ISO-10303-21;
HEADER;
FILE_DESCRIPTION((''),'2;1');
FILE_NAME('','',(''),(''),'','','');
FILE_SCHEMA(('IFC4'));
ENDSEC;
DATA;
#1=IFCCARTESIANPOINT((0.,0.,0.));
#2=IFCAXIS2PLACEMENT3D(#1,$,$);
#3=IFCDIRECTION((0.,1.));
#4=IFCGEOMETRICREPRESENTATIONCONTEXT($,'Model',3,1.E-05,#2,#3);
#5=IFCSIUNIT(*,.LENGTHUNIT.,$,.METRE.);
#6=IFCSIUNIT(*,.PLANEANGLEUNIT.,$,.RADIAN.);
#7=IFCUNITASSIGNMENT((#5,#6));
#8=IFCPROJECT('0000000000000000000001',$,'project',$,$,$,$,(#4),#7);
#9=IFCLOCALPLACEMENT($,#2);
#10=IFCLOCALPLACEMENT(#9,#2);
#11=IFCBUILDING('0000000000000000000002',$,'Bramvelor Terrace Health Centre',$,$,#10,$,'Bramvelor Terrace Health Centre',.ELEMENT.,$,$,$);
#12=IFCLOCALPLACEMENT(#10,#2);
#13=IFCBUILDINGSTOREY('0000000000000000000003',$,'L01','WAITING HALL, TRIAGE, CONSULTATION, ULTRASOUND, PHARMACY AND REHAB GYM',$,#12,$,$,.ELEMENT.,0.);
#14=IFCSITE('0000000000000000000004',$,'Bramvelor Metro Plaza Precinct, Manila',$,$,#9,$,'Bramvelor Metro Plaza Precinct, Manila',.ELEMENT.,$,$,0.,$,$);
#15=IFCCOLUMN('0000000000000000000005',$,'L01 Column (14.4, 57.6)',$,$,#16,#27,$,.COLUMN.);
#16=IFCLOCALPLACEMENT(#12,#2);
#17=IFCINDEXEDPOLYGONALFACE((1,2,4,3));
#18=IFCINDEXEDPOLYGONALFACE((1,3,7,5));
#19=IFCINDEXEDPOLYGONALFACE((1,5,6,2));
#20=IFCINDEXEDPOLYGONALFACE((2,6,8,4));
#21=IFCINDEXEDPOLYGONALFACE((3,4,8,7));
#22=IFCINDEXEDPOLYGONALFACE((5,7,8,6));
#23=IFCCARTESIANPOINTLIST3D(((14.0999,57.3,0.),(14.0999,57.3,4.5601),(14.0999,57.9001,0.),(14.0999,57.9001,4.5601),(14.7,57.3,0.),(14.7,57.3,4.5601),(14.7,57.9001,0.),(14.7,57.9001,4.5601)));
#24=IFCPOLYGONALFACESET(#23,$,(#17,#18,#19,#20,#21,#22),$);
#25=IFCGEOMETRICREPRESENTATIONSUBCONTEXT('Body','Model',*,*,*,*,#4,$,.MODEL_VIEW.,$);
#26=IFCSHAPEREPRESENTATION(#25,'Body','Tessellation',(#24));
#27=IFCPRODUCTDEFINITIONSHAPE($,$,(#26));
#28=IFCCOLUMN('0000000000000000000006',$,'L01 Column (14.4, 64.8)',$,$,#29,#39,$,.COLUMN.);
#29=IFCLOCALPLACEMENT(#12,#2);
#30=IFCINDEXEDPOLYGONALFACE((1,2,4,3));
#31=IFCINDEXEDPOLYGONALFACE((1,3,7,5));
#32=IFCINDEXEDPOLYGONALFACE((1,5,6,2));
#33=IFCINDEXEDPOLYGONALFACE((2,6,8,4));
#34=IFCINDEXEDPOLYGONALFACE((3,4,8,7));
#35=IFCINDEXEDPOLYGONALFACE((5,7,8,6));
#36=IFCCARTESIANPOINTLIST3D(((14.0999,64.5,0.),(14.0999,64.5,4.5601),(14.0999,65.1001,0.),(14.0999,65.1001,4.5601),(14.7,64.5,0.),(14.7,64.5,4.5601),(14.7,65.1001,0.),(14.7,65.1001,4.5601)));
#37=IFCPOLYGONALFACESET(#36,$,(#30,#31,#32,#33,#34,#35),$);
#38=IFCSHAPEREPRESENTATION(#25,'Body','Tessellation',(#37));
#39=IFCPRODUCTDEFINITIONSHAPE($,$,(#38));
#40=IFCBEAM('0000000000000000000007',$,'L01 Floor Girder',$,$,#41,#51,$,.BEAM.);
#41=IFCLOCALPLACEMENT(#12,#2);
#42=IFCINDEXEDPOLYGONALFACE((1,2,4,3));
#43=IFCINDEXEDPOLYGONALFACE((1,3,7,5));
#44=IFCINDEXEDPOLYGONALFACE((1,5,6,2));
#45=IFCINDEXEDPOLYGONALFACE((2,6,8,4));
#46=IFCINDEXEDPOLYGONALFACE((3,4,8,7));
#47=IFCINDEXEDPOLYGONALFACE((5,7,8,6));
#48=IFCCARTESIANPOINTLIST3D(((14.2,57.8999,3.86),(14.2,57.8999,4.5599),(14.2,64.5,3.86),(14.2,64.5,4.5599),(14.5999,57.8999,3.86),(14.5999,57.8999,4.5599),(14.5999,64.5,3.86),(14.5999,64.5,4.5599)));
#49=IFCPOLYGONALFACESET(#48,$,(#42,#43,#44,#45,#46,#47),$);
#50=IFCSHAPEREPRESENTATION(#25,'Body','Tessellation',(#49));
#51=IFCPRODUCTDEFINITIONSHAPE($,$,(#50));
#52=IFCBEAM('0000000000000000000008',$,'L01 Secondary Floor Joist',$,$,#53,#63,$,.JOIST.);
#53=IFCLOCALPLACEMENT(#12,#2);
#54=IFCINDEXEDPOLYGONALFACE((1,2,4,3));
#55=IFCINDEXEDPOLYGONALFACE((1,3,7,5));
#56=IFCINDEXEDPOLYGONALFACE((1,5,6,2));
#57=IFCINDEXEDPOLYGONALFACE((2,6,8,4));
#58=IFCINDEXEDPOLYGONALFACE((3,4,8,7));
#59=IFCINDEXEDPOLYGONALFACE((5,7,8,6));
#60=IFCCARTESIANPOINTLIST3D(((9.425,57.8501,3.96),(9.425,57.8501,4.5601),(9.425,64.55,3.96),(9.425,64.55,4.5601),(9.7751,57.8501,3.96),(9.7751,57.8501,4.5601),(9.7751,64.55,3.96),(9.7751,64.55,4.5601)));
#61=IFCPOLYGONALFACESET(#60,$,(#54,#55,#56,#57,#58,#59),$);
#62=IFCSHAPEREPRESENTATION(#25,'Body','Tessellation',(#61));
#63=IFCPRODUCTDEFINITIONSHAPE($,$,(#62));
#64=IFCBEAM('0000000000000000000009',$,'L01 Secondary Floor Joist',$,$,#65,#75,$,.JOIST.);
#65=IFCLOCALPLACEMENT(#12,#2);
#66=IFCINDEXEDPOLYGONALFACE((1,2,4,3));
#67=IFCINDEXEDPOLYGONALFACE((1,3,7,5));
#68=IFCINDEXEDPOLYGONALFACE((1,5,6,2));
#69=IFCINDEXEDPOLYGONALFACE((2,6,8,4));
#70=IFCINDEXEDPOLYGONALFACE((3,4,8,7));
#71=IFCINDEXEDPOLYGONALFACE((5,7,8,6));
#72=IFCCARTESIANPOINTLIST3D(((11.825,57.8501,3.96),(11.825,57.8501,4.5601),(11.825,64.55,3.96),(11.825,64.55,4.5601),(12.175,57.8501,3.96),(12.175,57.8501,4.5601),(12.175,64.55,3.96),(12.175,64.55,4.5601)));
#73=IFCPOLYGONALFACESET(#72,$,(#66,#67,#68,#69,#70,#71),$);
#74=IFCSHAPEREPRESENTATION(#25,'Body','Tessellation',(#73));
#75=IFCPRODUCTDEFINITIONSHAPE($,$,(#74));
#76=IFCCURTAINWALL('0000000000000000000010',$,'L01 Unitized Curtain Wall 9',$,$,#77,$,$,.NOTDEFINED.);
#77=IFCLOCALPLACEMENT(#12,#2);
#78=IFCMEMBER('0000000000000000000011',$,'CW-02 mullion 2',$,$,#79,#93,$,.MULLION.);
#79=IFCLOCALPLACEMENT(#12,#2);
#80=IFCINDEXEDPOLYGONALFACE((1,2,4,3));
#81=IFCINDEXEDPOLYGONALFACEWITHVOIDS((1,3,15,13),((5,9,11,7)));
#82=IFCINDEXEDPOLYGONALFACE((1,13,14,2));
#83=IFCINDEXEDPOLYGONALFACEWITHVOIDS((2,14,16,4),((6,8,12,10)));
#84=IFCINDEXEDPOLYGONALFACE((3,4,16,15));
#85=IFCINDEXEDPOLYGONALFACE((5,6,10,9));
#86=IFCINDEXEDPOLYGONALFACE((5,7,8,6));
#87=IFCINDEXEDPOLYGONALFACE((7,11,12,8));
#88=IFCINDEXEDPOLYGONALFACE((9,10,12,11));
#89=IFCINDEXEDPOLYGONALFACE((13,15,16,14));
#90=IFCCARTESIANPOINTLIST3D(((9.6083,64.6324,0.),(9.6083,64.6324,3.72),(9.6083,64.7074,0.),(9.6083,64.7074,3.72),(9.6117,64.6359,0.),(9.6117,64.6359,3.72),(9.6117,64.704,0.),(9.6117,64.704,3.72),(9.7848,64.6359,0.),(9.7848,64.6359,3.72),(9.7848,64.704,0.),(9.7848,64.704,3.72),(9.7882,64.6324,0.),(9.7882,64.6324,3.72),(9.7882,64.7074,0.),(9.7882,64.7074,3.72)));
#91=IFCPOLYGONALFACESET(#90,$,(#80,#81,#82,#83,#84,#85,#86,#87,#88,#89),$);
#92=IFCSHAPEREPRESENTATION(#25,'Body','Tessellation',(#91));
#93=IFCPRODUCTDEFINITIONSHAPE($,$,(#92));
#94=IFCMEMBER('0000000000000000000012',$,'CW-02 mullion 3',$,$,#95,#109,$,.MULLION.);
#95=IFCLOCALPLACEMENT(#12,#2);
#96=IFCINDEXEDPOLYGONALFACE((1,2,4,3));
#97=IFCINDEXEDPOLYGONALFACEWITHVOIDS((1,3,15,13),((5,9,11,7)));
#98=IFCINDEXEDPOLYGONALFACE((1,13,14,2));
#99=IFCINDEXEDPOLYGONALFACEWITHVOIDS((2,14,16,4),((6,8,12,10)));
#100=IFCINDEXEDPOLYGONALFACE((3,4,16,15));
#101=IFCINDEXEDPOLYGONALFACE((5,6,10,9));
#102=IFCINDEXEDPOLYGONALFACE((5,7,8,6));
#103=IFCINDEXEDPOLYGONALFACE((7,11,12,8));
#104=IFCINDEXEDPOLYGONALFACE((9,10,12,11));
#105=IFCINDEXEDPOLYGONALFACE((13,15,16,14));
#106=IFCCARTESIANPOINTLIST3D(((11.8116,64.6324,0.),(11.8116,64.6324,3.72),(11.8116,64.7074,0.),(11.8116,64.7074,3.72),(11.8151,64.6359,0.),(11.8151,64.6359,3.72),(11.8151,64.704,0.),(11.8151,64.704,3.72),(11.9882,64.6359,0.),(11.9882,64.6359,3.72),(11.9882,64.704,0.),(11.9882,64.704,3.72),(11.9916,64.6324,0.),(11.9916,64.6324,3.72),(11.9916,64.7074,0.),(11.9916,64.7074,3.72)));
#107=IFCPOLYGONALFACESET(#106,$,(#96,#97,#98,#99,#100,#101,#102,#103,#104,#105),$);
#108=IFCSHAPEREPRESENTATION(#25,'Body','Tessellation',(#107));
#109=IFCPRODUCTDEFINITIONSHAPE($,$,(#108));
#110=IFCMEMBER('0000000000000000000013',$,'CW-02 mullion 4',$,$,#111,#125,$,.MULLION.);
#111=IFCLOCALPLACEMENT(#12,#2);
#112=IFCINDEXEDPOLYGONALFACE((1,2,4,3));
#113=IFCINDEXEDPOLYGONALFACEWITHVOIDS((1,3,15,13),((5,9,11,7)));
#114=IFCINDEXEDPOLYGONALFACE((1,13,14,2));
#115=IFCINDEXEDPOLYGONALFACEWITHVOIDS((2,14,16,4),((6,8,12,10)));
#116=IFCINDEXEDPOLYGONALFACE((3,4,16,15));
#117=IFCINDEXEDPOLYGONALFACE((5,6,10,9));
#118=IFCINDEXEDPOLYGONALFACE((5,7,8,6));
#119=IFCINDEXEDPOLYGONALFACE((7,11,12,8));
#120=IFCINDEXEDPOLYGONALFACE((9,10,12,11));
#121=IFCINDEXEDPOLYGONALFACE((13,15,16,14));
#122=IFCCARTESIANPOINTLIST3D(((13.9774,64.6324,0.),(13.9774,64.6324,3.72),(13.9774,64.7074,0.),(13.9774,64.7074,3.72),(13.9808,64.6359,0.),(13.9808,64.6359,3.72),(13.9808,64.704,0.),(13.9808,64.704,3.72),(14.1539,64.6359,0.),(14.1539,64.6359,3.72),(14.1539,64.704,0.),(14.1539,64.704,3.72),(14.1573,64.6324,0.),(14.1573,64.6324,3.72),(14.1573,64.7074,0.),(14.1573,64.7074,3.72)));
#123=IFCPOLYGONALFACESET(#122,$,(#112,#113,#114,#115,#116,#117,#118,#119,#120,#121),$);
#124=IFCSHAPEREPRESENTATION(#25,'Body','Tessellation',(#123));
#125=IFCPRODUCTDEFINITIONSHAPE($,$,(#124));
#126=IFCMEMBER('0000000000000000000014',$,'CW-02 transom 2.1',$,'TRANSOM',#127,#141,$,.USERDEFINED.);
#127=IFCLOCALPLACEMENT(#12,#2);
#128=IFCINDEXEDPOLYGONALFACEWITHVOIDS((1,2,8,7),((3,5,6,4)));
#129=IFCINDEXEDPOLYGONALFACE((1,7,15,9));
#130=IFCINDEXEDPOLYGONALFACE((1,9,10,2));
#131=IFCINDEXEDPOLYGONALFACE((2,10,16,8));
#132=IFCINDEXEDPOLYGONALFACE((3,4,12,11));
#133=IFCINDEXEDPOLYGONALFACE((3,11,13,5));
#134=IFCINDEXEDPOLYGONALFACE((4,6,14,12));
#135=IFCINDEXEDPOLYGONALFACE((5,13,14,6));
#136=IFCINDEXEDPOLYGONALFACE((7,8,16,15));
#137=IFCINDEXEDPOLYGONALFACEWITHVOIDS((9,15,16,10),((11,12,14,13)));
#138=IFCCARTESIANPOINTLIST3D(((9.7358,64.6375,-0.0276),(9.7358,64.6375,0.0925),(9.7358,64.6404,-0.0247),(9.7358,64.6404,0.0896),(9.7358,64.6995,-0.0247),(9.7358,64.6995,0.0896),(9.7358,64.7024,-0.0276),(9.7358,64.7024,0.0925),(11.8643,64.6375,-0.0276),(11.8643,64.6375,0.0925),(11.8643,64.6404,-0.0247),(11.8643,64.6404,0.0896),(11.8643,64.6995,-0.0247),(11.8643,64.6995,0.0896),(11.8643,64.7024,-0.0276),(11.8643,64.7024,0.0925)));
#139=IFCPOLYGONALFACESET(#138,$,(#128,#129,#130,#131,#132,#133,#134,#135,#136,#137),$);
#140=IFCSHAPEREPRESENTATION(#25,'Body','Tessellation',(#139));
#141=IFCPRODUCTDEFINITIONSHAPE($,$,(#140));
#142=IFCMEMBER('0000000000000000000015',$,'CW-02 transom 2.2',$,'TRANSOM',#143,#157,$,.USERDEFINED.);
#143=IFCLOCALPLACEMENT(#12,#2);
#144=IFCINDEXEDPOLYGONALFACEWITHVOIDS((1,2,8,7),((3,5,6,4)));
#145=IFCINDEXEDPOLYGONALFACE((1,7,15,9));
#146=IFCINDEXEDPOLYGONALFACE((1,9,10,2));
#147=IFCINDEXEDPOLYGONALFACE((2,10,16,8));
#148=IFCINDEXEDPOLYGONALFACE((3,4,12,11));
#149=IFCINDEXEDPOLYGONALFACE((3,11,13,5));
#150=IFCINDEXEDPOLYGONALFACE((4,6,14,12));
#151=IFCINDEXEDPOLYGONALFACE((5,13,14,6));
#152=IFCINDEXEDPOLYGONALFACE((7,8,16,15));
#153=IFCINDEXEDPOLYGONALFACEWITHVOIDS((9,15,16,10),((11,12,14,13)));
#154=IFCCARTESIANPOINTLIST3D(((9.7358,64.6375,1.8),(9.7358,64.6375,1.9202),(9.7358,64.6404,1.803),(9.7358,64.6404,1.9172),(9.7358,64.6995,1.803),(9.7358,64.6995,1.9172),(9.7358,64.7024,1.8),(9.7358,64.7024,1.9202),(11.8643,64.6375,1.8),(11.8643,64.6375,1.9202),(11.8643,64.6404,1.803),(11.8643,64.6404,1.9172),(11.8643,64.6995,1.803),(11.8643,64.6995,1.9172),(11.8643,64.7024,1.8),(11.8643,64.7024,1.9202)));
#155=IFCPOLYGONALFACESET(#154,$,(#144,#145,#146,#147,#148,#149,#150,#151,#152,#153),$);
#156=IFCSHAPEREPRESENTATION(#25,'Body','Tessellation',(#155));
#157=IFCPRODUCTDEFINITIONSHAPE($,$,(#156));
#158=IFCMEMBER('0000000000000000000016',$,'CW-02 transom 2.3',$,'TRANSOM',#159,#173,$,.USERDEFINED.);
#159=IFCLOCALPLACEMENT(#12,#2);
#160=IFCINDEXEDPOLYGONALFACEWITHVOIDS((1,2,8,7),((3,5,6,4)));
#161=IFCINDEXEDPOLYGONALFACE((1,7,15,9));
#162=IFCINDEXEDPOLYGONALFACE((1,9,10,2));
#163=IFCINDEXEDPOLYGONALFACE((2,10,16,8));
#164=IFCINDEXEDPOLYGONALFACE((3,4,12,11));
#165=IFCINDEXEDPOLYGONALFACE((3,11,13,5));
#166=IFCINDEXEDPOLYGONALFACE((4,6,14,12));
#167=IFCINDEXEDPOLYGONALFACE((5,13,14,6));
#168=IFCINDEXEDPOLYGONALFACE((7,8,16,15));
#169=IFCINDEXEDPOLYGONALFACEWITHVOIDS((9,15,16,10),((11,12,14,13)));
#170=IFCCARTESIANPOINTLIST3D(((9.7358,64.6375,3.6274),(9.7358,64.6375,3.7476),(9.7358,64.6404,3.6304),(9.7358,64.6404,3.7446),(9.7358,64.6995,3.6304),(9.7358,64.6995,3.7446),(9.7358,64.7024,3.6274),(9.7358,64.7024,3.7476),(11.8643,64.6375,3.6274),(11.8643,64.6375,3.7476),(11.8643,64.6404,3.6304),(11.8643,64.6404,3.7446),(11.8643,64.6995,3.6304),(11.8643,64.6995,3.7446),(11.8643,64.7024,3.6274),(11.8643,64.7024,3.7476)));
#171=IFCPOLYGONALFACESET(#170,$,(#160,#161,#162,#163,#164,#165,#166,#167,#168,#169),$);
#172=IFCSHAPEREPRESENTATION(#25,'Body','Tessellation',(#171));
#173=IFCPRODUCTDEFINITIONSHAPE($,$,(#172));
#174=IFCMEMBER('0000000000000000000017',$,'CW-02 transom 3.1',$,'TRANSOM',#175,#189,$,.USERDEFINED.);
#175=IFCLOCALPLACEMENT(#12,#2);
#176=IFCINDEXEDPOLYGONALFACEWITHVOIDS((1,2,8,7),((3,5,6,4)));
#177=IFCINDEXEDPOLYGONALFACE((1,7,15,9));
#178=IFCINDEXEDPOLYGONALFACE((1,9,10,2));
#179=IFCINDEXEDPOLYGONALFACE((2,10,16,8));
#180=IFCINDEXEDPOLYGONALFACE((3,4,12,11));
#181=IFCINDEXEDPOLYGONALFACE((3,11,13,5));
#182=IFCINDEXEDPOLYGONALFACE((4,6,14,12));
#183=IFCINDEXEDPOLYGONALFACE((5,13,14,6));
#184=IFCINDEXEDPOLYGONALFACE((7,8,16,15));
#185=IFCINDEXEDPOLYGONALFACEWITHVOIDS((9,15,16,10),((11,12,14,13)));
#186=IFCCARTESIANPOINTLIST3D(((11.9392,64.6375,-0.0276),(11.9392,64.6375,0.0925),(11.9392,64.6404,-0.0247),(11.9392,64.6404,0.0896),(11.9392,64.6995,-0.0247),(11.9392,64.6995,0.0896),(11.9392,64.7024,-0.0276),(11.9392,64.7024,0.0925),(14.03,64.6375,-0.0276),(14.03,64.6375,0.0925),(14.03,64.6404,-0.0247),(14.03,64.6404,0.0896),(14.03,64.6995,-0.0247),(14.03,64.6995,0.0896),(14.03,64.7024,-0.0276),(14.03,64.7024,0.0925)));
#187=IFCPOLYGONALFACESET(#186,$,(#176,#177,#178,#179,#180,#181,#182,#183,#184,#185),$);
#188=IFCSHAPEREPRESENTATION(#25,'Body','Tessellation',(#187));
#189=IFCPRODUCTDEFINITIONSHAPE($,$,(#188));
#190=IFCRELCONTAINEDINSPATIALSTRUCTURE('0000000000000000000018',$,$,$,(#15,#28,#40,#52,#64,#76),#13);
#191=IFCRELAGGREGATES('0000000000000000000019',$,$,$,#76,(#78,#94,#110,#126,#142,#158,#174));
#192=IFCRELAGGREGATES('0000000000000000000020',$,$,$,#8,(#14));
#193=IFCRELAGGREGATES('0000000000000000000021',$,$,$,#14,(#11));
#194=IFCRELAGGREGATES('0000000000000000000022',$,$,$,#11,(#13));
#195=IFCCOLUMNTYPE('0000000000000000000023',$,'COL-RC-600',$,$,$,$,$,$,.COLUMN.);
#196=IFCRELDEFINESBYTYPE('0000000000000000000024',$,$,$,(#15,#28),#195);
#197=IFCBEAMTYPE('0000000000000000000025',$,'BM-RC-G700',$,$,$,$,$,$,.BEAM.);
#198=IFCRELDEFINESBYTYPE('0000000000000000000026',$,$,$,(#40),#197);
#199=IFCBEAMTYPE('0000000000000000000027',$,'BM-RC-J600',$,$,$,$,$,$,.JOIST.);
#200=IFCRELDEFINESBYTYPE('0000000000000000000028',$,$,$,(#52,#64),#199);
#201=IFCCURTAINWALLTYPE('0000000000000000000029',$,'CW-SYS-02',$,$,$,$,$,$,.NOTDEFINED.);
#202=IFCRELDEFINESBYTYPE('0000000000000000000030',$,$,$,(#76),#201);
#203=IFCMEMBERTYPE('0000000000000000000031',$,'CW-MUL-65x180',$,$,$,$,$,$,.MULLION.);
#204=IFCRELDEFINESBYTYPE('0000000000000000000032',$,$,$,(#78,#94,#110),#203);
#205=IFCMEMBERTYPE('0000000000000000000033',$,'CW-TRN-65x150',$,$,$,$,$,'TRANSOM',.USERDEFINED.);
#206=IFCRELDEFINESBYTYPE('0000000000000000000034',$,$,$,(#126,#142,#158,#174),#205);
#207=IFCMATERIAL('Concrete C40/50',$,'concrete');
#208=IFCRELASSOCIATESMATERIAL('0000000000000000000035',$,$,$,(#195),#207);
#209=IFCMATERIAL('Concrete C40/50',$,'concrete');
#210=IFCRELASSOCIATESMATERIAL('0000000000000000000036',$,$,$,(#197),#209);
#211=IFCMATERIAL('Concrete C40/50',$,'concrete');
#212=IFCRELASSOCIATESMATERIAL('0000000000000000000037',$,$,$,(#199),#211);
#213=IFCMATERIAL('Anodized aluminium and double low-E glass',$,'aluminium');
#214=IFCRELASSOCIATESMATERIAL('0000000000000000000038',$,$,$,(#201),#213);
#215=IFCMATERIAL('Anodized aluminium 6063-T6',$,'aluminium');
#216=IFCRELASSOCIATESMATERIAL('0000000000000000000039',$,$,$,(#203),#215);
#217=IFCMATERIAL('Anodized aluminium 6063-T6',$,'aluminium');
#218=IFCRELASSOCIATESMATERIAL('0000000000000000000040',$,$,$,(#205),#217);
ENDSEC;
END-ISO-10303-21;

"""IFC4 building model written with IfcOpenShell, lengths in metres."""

from ifc_helpers import new_model, si_unit, direction, frame, origin, origin_2d, place, context, subcontext, project, spatial, rectangle, hollow_rectangle, extrude, material, material_profile, profile_set, type_object, element, aggregate, save


model = new_model("IFC4")

# Units and contexts
model_context = context("Model", 3, precision=1e-05, world=origin(), true_north=direction((0.0, 1.0)))
body_context = subcontext(model_context, "Body", "Model", "MODEL_VIEW")
ifc_project = project(units=[si_unit("LENGTHUNIT", "METRE"), si_unit("PLANEANGLEUNIT", "RADIAN")], contexts=[model_context])

# Site, building, storey
site_placement = place(None, origin())
site = spatial("IfcSite", under=ifc_project, at=site_placement, Name="Bramvelor Metro Plaza Precinct, Manila", LongName="Bramvelor Metro Plaza Precinct, Manila", CompositionType="ELEMENT", RefElevation=0.0)
building_placement = place(site_placement, origin())
building = spatial("IfcBuilding", under=site, at=building_placement, Name="Bramvelor Terrace Health Centre", LongName="Bramvelor Terrace Health Centre", CompositionType="ELEMENT")
storey_placement = place(building_placement, origin())
storey = spatial("IfcBuildingStorey", under=building, at=storey_placement, Name="L01", Description="WAITING HALL, TRIAGE, CONSULTATION, ULTRASOUND, PHARMACY AND REHAB GYM", CompositionType="ELEMENT", Elevation=0.0)

# Columns
ifc_material_1 = material(Name="Concrete C40/50", Category="concrete")
ifc_material_profile_1 = material_profile(ifc_material_1, rectangle(XDim=0.6001, YDim=0.6001, at=origin_2d()), Name="RC 600x600")
ifc_profile_set_1 = profile_set([ifc_material_profile_1], Name="Concrete C40/50")
column_type = type_object("IfcColumnType", Name="COL-RC-600", PredefinedType="COLUMN", material=ifc_profile_set_1)
for number, where, z_axis, x_axis, name in (
    (1, (14.3999, 57.6001, 0.0), (0.0, 0.0, 1.0), (1.0, 0.0, 0.0), "L01 Column (14.4, 57.6)"),
    (2, (14.3999, 64.8, 0.0), (0.0, 0.0, 1.0), (1.0, 0.0, 0.0), "L01 Column (14.4, 64.8)"),
):
    element("IfcColumn", number, at=place(storey_placement, frame(where, z_axis=z_axis, x_axis=x_axis)), inside=storey, type_object=column_type, Name=name, PredefinedType="COLUMN", context=body_context, shape_type="SweptSolid", body=[
        extrude(rectangle(XDim=0.6001, YDim=0.6001, at=origin_2d()), origin(), (0.0, 0.0, 1.0), 4.5601),
    ])

# Beams
ifc_material_2 = material(Name="Concrete C40/50", Category="concrete")
ifc_material_profile_2 = material_profile(ifc_material_2, rectangle(XDim=0.3999, YDim=0.7, at=origin_2d()), Name="RC 400x700")
ifc_profile_set_2 = profile_set([ifc_material_profile_2], Name="Concrete C40/50")
beam_type_1 = type_object("IfcBeamType", Name="BM-RC-G700", PredefinedType="BEAM", material=ifc_profile_set_2)
beam_placement = place(storey_placement, frame((14.3999, 57.8999, 4.21), z_axis=(0.0, 1.0, 0.0), x_axis=(-1.0, 0.0, 0.0)))
element("IfcBeam", 3, at=beam_placement, inside=storey, type_object=beam_type_1, Name="L01 Floor Girder", PredefinedType="BEAM", context=body_context, shape_type="SweptSolid", body=[
    extrude(rectangle(XDim=0.3999, YDim=0.7, at=origin_2d()), origin(), (0.0, 0.0, 1.0), 6.6001),
])
ifc_material_3 = material(Name="Concrete C40/50", Category="concrete")
ifc_material_profile_3 = material_profile(ifc_material_3, rectangle(XDim=0.3501, YDim=0.6001, at=origin_2d()), Name="RC 350x600")
ifc_profile_set_3 = profile_set([ifc_material_profile_3], Name="Concrete C40/50")
beam_type_2 = type_object("IfcBeamType", Name="BM-RC-J600", PredefinedType="JOIST", material=ifc_profile_set_3)
for number, where, z_axis, x_axis, name in (
    (4, (9.6001, 57.8501, 4.26), (0.0, 1.0, 0.0), (-1.0, 0.0, 0.0), "L01 Secondary Floor Joist"),
    (5, (12.0, 57.8501, 4.26), (0.0, 1.0, 0.0), (-1.0, 0.0, 0.0), "L01 Secondary Floor Joist"),
):
    element("IfcBeam", number, at=place(storey_placement, frame(where, z_axis=z_axis, x_axis=x_axis)), inside=storey, type_object=beam_type_2, Name=name, PredefinedType="JOIST", context=body_context, shape_type="SweptSolid", body=[
        extrude(rectangle(XDim=0.3501, YDim=0.6001, at=origin_2d()), origin(), (0.0, 0.0, 1.0), 6.7),
    ])

# Curtain wall, members
ifc_material_4 = material(Name="Anodized aluminium and double low-E glass", Category="aluminium")
curtain_wall_type = type_object("IfcCurtainWallType", Name="CW-SYS-02", PredefinedType="NOTDEFINED", material=ifc_material_4)
curtain_wall_placement = place(storey_placement, origin())
curtain_wall = element("IfcCurtainWall", 6, at=curtain_wall_placement, inside=storey, type_object=curtain_wall_type, Name="L01 Unitized Curtain Wall 9", PredefinedType="NOTDEFINED")
ifc_material_5 = material(Name="Anodized aluminium 6063-T6", Category="aluminium")
ifc_material_profile_4 = material_profile(ifc_material_5, hollow_rectangle(XDim=0.075, YDim=0.1799, WallThickness=0.0034, at=origin_2d()), Name="ALU-MUL 75x180x3.5")
ifc_profile_set_4 = profile_set([ifc_material_profile_4], Name="Anodized aluminium 6063-T6")
member_type_1 = type_object("IfcMemberType", Name="CW-MUL-65x180", PredefinedType="MULLION", material=ifc_profile_set_4)
member_1_placement = place(storey_placement, frame((9.6982, 64.6699, 0.0), z_axis=(0.0, 0.0, 1.0), x_axis=(0.0, 1.0, 0.0)))
member_1 = element("IfcMember", 7, at=member_1_placement, type_object=member_type_1, Name="CW-02 mullion 2", PredefinedType="MULLION", context=body_context, shape_type="SweptSolid", body=[
    extrude(hollow_rectangle(XDim=0.075, YDim=0.1799, WallThickness=0.0034, at=origin_2d()), origin(), (0.0, 0.0, 1.0), 3.72),
])
member_2_placement = place(storey_placement, frame((11.9016, 64.6699, 0.0), z_axis=(0.0, 0.0, 1.0), x_axis=(0.0, 1.0, 0.0)))
member_2 = element("IfcMember", 8, at=member_2_placement, type_object=member_type_1, Name="CW-02 mullion 3", PredefinedType="MULLION", context=body_context, shape_type="SweptSolid", body=[
    extrude(hollow_rectangle(XDim=0.075, YDim=0.1799, WallThickness=0.0034, at=origin_2d()), origin(), (0.0, 0.0, 1.0), 3.72),
])
member_3_placement = place(storey_placement, frame((14.0674, 64.6699, 0.0), z_axis=(0.0, 0.0, 1.0), x_axis=(0.0, 1.0, 0.0)))
member_3 = element("IfcMember", 9, at=member_3_placement, type_object=member_type_1, Name="CW-02 mullion 4", PredefinedType="MULLION", context=body_context, shape_type="SweptSolid", body=[
    extrude(hollow_rectangle(XDim=0.075, YDim=0.1799, WallThickness=0.0034, at=origin_2d()), origin(), (0.0, 0.0, 1.0), 3.72),
])
ifc_material_6 = material(Name="Anodized aluminium 6063-T6", Category="aluminium")
ifc_material_profile_5 = material_profile(ifc_material_6, hollow_rectangle(XDim=0.0649, YDim=0.1201, WallThickness=0.0029, at=origin_2d()), Name="ALU-TRN 65x120x3.0")
ifc_profile_set_5 = profile_set([ifc_material_profile_5], Name="Anodized aluminium 6063-T6")
member_type_2 = type_object("IfcMemberType", Name="CW-TRN-65x150", ElementType="TRANSOM", PredefinedType="USERDEFINED", material=ifc_profile_set_5)
member_4_placement = place(storey_placement, frame((9.7358, 64.6699, 0.0325), z_axis=(1.0, 0.0, 0.0), x_axis=(0.0, 1.0, 0.0)))
member_4 = element("IfcMember", 10, at=member_4_placement, type_object=member_type_2, Name="CW-02 transom 2.1", ObjectType="TRANSOM", PredefinedType="USERDEFINED", context=body_context, shape_type="SweptSolid", body=[
    extrude(hollow_rectangle(XDim=0.0649, YDim=0.1201, WallThickness=0.0029, at=origin_2d()), origin(), (0.0, 0.0, 1.0), 2.1284),
])
member_5_placement = place(storey_placement, frame((9.7358, 64.6699, 1.8601), z_axis=(1.0, 0.0, 0.0), x_axis=(0.0, 1.0, 0.0)))
member_5 = element("IfcMember", 11, at=member_5_placement, type_object=member_type_2, Name="CW-02 transom 2.2", ObjectType="TRANSOM", PredefinedType="USERDEFINED", context=body_context, shape_type="SweptSolid", body=[
    extrude(hollow_rectangle(XDim=0.0649, YDim=0.1201, WallThickness=0.0029, at=origin_2d()), origin(), (0.0, 0.0, 1.0), 2.1284),
])
member_6_placement = place(storey_placement, frame((9.7358, 64.6699, 3.6875), z_axis=(1.0, 0.0, 0.0), x_axis=(0.0, 1.0, 0.0)))
member_6 = element("IfcMember", 12, at=member_6_placement, type_object=member_type_2, Name="CW-02 transom 2.3", ObjectType="TRANSOM", PredefinedType="USERDEFINED", context=body_context, shape_type="SweptSolid", body=[
    extrude(hollow_rectangle(XDim=0.0649, YDim=0.1201, WallThickness=0.0029, at=origin_2d()), origin(), (0.0, 0.0, 1.0), 2.1284),
])
member_7_placement = place(storey_placement, frame((11.9392, 64.6699, 0.0325), z_axis=(1.0, 0.0, 0.0), x_axis=(0.0, 1.0, 0.0)))
member_7 = element("IfcMember", 13, at=member_7_placement, type_object=member_type_2, Name="CW-02 transom 3.1", ObjectType="TRANSOM", PredefinedType="USERDEFINED", context=body_context, shape_type="SweptSolid", body=[
    extrude(hollow_rectangle(XDim=0.0649, YDim=0.1201, WallThickness=0.0029, at=origin_2d()), origin(), (0.0, 0.0, 1.0), 2.0908),
])
aggregate(curtain_wall, [member_1, member_2, member_3, member_4, member_5, member_6, member_7])

save(model, "model.ifc")
